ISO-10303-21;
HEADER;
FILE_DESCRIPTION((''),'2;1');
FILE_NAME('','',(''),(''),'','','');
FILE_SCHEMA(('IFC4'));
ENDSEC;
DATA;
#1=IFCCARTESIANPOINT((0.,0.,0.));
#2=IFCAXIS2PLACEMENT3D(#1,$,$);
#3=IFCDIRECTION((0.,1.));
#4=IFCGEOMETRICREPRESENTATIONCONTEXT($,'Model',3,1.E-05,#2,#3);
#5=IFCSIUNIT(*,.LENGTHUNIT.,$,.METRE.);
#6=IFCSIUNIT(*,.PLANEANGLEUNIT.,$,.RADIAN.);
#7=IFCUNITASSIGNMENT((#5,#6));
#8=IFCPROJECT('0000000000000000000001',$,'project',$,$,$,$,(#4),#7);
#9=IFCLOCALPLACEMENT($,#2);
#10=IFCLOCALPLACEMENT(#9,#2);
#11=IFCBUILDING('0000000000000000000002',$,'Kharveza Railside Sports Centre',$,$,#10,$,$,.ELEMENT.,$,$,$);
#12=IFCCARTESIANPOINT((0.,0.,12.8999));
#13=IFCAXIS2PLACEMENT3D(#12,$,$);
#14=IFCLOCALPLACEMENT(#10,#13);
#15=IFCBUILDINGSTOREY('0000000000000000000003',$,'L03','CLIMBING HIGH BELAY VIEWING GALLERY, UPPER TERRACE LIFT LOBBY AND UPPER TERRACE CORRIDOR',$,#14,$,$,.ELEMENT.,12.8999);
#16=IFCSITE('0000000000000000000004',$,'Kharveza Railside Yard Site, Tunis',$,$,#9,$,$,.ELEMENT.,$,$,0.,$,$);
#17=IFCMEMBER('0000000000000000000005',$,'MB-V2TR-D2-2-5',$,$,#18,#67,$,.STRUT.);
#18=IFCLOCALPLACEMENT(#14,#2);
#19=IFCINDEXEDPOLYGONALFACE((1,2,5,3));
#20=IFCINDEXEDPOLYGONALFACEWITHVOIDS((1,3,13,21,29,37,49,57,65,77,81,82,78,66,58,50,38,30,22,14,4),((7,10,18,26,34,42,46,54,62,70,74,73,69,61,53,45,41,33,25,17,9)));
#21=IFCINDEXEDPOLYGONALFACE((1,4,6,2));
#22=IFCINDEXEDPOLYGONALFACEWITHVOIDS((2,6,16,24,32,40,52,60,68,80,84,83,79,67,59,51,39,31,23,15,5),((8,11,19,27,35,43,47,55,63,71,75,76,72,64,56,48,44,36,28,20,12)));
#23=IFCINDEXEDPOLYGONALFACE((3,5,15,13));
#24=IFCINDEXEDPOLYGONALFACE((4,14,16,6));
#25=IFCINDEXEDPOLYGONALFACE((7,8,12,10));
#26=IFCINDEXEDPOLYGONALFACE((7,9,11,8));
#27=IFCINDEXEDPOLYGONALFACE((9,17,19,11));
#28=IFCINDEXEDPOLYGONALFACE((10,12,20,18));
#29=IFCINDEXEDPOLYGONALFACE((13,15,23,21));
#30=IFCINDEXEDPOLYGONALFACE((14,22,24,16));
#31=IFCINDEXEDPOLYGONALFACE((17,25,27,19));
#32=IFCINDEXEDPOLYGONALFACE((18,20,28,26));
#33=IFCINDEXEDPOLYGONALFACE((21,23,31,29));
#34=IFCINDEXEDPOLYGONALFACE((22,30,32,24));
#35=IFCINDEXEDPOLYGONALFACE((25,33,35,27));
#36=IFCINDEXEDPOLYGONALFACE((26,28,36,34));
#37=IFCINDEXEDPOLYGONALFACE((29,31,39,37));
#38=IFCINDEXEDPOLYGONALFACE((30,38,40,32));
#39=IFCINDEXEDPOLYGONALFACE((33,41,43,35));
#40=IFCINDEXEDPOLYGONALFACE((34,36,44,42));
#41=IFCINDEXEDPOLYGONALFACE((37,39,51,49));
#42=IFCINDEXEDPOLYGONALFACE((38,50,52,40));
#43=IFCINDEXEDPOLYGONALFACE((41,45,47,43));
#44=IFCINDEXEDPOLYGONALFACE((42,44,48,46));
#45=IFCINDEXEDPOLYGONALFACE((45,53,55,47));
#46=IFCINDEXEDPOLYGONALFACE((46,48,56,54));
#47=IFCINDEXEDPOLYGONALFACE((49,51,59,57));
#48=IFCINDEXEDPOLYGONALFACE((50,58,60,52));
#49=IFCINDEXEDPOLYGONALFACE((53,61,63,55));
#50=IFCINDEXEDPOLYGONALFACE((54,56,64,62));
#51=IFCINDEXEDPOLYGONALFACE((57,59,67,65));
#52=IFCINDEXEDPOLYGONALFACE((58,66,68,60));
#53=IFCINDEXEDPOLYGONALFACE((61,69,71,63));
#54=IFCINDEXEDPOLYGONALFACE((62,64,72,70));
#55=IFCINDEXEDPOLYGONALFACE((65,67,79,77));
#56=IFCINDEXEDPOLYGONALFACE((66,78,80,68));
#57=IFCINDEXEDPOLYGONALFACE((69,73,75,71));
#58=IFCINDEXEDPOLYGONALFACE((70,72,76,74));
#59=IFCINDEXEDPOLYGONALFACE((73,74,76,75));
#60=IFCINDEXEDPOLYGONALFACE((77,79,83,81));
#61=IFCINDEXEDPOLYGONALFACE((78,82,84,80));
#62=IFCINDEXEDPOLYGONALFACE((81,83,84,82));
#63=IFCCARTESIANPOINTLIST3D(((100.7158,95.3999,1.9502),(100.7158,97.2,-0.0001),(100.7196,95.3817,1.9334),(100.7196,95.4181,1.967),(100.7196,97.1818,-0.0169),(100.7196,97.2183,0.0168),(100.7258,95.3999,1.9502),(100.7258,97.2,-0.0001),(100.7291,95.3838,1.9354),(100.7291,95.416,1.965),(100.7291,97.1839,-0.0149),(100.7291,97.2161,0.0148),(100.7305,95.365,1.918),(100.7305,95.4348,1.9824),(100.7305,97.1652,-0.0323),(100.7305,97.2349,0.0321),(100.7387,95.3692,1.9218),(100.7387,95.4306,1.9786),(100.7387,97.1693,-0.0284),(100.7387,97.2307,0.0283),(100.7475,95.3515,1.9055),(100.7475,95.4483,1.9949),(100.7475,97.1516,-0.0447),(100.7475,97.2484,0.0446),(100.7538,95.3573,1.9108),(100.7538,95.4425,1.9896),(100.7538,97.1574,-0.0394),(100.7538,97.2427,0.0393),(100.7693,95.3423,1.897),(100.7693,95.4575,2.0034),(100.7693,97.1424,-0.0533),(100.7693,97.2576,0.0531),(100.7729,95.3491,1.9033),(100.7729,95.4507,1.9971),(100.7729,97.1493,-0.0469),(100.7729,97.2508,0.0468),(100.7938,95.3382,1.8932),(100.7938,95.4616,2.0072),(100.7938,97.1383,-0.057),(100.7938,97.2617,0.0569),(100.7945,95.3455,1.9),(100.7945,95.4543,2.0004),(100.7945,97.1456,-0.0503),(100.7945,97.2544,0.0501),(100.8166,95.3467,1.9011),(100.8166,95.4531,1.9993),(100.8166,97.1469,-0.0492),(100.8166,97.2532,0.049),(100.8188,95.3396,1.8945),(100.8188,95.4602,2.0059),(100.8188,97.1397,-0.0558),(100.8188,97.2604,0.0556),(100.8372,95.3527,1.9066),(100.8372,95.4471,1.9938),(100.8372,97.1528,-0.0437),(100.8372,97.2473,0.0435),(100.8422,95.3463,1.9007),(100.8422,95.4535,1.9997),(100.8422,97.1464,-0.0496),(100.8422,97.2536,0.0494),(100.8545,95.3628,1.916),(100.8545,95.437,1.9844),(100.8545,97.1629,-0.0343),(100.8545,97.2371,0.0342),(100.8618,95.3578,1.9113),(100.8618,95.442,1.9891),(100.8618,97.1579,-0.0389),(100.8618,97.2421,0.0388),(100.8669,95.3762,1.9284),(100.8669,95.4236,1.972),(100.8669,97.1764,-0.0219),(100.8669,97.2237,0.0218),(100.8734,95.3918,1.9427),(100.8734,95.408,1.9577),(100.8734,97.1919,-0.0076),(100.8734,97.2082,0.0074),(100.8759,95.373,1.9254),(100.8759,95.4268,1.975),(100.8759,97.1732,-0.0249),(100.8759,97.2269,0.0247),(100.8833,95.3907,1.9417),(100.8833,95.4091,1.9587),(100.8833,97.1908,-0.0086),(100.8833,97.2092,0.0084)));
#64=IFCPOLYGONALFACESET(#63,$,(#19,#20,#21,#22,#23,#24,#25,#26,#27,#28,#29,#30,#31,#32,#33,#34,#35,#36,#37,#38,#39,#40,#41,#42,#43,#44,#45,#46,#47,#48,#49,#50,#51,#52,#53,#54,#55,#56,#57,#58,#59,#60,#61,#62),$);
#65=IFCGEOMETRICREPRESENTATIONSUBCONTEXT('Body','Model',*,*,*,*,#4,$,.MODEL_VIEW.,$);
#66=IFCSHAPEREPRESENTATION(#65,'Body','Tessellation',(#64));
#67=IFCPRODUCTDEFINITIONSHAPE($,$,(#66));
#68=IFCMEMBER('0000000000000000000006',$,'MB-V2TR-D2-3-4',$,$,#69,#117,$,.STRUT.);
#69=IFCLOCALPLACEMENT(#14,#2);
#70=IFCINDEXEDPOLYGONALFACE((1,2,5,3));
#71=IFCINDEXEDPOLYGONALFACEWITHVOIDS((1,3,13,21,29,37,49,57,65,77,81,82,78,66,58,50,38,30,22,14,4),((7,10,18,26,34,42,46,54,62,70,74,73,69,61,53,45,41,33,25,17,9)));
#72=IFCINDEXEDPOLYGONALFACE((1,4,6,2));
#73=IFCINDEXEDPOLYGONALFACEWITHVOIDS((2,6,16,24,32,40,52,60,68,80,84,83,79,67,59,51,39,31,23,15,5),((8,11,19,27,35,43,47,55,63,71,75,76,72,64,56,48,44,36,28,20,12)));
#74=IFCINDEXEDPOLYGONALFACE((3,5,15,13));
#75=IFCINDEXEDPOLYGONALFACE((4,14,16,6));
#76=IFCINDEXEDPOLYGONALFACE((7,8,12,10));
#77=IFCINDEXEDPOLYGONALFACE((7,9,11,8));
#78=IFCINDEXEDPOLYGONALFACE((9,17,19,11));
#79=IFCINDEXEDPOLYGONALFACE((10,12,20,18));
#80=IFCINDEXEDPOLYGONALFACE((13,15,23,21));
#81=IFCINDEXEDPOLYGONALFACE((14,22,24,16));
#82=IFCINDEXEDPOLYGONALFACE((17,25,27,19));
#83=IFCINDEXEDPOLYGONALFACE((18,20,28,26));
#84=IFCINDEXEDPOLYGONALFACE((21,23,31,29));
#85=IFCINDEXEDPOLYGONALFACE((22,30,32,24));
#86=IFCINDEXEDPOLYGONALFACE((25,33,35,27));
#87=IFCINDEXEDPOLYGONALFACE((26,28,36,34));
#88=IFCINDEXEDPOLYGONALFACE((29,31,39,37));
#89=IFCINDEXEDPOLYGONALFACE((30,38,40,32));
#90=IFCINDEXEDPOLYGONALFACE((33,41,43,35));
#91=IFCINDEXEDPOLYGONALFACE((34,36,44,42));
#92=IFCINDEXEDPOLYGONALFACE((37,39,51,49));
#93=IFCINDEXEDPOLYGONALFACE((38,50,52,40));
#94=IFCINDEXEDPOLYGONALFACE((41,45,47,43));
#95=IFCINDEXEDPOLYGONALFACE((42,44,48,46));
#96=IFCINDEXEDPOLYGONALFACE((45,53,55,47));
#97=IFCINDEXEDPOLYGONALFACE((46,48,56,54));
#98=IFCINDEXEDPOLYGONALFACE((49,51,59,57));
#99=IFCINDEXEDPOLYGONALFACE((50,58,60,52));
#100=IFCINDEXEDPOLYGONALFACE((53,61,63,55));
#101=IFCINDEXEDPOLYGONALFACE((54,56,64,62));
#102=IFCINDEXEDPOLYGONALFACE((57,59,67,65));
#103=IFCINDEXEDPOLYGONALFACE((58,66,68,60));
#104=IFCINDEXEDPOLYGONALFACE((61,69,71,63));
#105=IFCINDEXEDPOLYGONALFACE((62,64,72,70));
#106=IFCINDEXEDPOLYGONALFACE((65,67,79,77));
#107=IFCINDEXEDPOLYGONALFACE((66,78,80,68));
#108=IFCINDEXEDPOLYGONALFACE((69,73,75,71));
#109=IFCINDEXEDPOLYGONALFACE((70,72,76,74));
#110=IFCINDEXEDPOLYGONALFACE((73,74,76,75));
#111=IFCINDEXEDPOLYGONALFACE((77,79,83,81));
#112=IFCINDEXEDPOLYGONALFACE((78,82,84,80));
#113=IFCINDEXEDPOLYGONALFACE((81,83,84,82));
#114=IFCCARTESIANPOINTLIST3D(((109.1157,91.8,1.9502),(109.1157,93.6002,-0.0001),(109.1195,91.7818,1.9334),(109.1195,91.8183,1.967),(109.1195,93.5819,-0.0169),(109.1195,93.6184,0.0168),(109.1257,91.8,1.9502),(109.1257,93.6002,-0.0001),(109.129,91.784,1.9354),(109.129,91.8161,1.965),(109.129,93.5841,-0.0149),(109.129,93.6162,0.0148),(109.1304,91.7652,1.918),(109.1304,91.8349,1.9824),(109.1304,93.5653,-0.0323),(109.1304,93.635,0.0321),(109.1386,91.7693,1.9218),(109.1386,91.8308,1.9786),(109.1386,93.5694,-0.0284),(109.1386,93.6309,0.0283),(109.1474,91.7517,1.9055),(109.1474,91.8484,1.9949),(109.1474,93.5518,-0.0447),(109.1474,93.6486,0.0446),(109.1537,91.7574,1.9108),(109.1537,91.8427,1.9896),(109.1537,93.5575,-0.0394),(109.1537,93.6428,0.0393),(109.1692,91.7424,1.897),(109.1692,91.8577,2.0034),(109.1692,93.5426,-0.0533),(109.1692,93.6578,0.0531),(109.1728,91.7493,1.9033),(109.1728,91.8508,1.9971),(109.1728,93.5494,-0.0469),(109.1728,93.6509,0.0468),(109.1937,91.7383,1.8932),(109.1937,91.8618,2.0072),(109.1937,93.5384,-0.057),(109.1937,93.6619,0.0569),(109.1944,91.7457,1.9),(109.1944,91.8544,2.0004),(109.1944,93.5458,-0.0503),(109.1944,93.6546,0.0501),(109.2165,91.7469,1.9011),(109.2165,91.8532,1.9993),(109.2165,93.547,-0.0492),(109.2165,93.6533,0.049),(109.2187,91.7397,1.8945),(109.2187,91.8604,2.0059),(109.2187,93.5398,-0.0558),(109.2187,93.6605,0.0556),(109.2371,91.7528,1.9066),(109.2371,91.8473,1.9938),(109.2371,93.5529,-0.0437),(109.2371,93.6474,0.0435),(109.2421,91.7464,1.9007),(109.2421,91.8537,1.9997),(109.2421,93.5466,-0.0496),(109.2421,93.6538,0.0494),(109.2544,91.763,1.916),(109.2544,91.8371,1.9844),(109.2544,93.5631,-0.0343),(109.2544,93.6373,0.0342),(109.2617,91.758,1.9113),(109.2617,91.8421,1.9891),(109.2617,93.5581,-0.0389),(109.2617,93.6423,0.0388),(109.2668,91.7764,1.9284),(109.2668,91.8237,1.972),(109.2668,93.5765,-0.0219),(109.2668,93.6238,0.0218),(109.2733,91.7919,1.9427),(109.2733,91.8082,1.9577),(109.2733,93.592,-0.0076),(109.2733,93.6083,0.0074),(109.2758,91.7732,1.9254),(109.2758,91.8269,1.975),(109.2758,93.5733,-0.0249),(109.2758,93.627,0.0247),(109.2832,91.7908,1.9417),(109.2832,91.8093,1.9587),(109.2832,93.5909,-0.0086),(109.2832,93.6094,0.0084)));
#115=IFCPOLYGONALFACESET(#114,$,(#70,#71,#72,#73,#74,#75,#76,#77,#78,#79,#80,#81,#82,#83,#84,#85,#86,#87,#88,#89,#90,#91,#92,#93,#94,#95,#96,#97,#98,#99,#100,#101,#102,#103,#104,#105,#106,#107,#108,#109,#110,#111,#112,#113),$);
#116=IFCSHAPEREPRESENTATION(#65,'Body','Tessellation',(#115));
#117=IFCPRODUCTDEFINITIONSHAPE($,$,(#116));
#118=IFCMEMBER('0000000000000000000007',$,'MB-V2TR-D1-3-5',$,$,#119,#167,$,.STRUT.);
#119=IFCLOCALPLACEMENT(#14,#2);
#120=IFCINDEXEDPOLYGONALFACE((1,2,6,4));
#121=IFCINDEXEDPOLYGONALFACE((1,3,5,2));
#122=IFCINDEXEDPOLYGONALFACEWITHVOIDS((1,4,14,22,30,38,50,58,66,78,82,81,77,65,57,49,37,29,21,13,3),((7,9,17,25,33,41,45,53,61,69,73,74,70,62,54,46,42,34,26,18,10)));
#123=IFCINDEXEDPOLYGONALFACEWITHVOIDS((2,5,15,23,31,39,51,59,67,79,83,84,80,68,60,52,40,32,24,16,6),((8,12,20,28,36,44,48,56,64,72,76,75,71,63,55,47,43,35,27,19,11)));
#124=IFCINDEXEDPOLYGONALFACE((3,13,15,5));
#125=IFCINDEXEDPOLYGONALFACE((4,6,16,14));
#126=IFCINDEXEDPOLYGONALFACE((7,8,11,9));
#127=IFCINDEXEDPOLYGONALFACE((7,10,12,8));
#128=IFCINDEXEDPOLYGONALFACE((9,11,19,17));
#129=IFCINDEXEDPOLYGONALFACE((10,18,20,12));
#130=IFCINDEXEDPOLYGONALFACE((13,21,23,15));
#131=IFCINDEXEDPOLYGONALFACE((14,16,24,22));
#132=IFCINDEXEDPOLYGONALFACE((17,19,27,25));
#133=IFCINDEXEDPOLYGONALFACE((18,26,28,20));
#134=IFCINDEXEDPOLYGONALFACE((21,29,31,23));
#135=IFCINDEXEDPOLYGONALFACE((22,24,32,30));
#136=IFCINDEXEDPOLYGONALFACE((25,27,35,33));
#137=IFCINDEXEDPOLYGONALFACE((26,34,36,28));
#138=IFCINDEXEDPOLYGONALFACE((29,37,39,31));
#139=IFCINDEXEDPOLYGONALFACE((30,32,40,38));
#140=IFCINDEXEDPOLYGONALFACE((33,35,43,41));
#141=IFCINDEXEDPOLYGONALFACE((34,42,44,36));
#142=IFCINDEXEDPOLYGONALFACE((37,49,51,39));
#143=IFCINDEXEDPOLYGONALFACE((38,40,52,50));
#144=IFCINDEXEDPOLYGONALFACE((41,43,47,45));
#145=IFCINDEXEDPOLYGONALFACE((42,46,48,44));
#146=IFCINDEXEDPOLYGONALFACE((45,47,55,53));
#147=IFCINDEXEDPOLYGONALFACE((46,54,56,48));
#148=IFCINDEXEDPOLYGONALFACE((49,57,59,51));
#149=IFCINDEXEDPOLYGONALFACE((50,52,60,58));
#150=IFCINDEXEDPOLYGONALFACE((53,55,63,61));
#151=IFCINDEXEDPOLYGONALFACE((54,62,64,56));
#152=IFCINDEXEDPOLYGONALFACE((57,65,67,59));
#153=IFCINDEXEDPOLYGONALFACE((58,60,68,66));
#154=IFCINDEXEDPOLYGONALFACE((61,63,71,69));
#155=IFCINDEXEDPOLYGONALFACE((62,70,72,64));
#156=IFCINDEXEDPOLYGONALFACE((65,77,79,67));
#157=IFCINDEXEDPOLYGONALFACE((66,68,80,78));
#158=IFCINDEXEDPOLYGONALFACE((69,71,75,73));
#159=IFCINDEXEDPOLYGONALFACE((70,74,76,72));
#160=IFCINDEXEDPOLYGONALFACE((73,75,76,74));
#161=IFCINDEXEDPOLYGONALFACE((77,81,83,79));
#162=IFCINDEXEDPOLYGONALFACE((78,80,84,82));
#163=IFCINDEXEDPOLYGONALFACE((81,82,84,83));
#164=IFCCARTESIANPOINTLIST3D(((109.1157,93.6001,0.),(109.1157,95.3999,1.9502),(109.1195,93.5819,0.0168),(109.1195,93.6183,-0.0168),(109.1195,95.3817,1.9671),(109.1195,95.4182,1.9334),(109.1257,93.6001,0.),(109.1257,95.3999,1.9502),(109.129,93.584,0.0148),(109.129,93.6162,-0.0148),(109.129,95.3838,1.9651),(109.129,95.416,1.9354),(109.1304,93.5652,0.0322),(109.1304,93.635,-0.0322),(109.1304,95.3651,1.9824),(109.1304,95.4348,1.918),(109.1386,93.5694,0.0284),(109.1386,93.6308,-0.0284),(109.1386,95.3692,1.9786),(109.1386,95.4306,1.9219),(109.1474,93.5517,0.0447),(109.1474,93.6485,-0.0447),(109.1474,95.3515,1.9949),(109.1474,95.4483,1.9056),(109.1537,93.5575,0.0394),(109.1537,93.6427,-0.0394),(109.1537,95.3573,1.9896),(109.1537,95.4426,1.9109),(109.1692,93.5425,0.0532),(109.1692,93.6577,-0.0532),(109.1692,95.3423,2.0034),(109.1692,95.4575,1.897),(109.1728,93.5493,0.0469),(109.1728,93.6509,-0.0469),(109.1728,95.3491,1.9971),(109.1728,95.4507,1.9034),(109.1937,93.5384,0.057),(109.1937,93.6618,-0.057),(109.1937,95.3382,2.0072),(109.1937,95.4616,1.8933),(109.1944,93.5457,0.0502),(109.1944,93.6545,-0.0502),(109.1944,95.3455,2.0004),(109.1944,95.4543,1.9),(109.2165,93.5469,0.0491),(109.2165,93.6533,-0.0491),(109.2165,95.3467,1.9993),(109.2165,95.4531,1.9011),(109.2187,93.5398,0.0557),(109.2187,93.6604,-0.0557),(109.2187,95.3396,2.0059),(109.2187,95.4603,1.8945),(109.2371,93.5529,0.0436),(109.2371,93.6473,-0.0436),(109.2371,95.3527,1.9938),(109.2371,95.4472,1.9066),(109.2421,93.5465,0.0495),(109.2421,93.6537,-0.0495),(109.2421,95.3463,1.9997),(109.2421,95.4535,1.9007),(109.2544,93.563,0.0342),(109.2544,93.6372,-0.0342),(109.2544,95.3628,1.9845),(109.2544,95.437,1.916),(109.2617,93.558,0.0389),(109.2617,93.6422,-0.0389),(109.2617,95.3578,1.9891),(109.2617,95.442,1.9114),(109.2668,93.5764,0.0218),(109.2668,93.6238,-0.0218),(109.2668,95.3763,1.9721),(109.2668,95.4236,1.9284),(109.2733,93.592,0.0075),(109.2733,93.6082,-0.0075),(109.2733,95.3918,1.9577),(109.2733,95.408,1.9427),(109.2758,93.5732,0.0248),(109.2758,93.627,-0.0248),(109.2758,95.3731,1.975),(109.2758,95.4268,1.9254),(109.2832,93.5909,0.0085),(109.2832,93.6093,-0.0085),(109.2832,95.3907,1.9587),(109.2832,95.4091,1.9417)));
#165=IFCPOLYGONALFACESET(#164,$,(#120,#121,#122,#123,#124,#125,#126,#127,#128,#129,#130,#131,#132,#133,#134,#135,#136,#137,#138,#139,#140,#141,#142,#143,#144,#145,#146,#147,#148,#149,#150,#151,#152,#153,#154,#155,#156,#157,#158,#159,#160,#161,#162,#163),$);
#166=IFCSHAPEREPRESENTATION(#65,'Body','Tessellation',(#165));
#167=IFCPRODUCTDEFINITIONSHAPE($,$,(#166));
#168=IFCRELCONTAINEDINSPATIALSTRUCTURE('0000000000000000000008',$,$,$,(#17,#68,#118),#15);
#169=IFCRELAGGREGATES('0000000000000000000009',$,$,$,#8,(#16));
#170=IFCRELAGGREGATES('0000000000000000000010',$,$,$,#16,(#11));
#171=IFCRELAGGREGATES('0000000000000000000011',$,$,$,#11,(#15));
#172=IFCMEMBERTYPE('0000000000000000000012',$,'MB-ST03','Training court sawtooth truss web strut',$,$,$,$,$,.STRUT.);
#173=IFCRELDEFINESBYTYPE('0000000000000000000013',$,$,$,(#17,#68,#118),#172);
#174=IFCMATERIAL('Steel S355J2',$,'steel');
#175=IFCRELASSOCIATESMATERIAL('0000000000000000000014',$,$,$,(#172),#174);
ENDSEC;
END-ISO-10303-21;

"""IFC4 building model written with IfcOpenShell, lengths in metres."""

from ifc_helpers import new_model, si_unit, direction, frame, origin, origin_2d, place, context, subcontext, project, spatial, hollow_circle, extrude, material, material_profile, profile_set, type_object, element, save


model = new_model("IFC4")

# Units and contexts
model_context = context("Model", 3, precision=1e-05, world=origin(), true_north=direction((0.0, 1.0)))
body_context = subcontext(model_context, "Body", "Model", "MODEL_VIEW")
ifc_project = project(units=[si_unit("LENGTHUNIT", "METRE"), si_unit("PLANEANGLEUNIT", "RADIAN")], contexts=[model_context])

# Site, building, storey
site_placement = place(None, origin())
site = spatial("IfcSite", under=ifc_project, at=site_placement, Name="Kharveza Railside Yard Site, Tunis", CompositionType="ELEMENT", RefElevation=0.0)
building_placement = place(site_placement, origin())
building = spatial("IfcBuilding", under=site, at=building_placement, Name="Kharveza Railside Sports Centre", CompositionType="ELEMENT")
storey_placement = place(building_placement, frame((0.0, 0.0, 12.8999)))
storey = spatial("IfcBuildingStorey", under=building, at=storey_placement, Name="L03", Description="CLIMBING HIGH BELAY VIEWING GALLERY, UPPER TERRACE LIFT LOBBY AND UPPER TERRACE CORRIDOR", CompositionType="ELEMENT", Elevation=12.8999)

# Shared definitions
ifc_material_1 = material(Name="Steel S355J2", Category="steel")

# Members
ifc_material_profile_1 = material_profile(ifc_material_1, hollow_circle(Radius=0.0842, WallThickness=0.01, at=origin_2d()), Name="CHS 168.3x10.0")
ifc_profile_set_1 = profile_set([ifc_material_profile_1], Name="Steel S355J2")
member_type_1 = type_object("IfcMemberType", Name="MB-ST03", Description="Training court sawtooth truss web strut", PredefinedType="STRUT", material=ifc_profile_set_1)
for number, where, z_axis, x_axis, name in (
    (1, (100.8, 95.3999, 1.9502), (0.0, 0.678253, -0.734828), (-1.0, 0.0, 0.0), "MB-V2TR-D2-2-5"),
    (2, (109.2, 91.8, 1.9502), (0.0, 0.678253, -0.734828), (-1.0, 0.0, 0.0), "MB-V2TR-D2-3-4"),
):
    element("IfcMember", number, at=place(storey_placement, frame(where, z_axis=z_axis, x_axis=x_axis)), inside=storey, type_object=member_type_1, Name=name, PredefinedType="STRUT", context=body_context, shape_type="SweptSolid", body=[
        extrude(hollow_circle(Radius=0.0842, WallThickness=0.01, at=origin_2d()), origin(), (0.0, 0.0, 1.0), 2.6541),
    ])
member_1_placement = place(storey_placement, frame((109.2, 93.6001, 0.0), z_axis=(0.0, 0.678204, 0.734874), x_axis=(-1.0, 0.0, 0.0)))
element("IfcMember", 3, at=member_1_placement, inside=storey, type_object=member_type_1, Name="MB-V2TR-D1-3-5", PredefinedType="STRUT", context=body_context, shape_type="SweptSolid", body=[
    extrude(hollow_circle(Radius=0.0842, WallThickness=0.01, at=origin_2d()), origin(), (0.0, 0.0, 1.0), 2.6538),
])

save(model, "model.ifc")
